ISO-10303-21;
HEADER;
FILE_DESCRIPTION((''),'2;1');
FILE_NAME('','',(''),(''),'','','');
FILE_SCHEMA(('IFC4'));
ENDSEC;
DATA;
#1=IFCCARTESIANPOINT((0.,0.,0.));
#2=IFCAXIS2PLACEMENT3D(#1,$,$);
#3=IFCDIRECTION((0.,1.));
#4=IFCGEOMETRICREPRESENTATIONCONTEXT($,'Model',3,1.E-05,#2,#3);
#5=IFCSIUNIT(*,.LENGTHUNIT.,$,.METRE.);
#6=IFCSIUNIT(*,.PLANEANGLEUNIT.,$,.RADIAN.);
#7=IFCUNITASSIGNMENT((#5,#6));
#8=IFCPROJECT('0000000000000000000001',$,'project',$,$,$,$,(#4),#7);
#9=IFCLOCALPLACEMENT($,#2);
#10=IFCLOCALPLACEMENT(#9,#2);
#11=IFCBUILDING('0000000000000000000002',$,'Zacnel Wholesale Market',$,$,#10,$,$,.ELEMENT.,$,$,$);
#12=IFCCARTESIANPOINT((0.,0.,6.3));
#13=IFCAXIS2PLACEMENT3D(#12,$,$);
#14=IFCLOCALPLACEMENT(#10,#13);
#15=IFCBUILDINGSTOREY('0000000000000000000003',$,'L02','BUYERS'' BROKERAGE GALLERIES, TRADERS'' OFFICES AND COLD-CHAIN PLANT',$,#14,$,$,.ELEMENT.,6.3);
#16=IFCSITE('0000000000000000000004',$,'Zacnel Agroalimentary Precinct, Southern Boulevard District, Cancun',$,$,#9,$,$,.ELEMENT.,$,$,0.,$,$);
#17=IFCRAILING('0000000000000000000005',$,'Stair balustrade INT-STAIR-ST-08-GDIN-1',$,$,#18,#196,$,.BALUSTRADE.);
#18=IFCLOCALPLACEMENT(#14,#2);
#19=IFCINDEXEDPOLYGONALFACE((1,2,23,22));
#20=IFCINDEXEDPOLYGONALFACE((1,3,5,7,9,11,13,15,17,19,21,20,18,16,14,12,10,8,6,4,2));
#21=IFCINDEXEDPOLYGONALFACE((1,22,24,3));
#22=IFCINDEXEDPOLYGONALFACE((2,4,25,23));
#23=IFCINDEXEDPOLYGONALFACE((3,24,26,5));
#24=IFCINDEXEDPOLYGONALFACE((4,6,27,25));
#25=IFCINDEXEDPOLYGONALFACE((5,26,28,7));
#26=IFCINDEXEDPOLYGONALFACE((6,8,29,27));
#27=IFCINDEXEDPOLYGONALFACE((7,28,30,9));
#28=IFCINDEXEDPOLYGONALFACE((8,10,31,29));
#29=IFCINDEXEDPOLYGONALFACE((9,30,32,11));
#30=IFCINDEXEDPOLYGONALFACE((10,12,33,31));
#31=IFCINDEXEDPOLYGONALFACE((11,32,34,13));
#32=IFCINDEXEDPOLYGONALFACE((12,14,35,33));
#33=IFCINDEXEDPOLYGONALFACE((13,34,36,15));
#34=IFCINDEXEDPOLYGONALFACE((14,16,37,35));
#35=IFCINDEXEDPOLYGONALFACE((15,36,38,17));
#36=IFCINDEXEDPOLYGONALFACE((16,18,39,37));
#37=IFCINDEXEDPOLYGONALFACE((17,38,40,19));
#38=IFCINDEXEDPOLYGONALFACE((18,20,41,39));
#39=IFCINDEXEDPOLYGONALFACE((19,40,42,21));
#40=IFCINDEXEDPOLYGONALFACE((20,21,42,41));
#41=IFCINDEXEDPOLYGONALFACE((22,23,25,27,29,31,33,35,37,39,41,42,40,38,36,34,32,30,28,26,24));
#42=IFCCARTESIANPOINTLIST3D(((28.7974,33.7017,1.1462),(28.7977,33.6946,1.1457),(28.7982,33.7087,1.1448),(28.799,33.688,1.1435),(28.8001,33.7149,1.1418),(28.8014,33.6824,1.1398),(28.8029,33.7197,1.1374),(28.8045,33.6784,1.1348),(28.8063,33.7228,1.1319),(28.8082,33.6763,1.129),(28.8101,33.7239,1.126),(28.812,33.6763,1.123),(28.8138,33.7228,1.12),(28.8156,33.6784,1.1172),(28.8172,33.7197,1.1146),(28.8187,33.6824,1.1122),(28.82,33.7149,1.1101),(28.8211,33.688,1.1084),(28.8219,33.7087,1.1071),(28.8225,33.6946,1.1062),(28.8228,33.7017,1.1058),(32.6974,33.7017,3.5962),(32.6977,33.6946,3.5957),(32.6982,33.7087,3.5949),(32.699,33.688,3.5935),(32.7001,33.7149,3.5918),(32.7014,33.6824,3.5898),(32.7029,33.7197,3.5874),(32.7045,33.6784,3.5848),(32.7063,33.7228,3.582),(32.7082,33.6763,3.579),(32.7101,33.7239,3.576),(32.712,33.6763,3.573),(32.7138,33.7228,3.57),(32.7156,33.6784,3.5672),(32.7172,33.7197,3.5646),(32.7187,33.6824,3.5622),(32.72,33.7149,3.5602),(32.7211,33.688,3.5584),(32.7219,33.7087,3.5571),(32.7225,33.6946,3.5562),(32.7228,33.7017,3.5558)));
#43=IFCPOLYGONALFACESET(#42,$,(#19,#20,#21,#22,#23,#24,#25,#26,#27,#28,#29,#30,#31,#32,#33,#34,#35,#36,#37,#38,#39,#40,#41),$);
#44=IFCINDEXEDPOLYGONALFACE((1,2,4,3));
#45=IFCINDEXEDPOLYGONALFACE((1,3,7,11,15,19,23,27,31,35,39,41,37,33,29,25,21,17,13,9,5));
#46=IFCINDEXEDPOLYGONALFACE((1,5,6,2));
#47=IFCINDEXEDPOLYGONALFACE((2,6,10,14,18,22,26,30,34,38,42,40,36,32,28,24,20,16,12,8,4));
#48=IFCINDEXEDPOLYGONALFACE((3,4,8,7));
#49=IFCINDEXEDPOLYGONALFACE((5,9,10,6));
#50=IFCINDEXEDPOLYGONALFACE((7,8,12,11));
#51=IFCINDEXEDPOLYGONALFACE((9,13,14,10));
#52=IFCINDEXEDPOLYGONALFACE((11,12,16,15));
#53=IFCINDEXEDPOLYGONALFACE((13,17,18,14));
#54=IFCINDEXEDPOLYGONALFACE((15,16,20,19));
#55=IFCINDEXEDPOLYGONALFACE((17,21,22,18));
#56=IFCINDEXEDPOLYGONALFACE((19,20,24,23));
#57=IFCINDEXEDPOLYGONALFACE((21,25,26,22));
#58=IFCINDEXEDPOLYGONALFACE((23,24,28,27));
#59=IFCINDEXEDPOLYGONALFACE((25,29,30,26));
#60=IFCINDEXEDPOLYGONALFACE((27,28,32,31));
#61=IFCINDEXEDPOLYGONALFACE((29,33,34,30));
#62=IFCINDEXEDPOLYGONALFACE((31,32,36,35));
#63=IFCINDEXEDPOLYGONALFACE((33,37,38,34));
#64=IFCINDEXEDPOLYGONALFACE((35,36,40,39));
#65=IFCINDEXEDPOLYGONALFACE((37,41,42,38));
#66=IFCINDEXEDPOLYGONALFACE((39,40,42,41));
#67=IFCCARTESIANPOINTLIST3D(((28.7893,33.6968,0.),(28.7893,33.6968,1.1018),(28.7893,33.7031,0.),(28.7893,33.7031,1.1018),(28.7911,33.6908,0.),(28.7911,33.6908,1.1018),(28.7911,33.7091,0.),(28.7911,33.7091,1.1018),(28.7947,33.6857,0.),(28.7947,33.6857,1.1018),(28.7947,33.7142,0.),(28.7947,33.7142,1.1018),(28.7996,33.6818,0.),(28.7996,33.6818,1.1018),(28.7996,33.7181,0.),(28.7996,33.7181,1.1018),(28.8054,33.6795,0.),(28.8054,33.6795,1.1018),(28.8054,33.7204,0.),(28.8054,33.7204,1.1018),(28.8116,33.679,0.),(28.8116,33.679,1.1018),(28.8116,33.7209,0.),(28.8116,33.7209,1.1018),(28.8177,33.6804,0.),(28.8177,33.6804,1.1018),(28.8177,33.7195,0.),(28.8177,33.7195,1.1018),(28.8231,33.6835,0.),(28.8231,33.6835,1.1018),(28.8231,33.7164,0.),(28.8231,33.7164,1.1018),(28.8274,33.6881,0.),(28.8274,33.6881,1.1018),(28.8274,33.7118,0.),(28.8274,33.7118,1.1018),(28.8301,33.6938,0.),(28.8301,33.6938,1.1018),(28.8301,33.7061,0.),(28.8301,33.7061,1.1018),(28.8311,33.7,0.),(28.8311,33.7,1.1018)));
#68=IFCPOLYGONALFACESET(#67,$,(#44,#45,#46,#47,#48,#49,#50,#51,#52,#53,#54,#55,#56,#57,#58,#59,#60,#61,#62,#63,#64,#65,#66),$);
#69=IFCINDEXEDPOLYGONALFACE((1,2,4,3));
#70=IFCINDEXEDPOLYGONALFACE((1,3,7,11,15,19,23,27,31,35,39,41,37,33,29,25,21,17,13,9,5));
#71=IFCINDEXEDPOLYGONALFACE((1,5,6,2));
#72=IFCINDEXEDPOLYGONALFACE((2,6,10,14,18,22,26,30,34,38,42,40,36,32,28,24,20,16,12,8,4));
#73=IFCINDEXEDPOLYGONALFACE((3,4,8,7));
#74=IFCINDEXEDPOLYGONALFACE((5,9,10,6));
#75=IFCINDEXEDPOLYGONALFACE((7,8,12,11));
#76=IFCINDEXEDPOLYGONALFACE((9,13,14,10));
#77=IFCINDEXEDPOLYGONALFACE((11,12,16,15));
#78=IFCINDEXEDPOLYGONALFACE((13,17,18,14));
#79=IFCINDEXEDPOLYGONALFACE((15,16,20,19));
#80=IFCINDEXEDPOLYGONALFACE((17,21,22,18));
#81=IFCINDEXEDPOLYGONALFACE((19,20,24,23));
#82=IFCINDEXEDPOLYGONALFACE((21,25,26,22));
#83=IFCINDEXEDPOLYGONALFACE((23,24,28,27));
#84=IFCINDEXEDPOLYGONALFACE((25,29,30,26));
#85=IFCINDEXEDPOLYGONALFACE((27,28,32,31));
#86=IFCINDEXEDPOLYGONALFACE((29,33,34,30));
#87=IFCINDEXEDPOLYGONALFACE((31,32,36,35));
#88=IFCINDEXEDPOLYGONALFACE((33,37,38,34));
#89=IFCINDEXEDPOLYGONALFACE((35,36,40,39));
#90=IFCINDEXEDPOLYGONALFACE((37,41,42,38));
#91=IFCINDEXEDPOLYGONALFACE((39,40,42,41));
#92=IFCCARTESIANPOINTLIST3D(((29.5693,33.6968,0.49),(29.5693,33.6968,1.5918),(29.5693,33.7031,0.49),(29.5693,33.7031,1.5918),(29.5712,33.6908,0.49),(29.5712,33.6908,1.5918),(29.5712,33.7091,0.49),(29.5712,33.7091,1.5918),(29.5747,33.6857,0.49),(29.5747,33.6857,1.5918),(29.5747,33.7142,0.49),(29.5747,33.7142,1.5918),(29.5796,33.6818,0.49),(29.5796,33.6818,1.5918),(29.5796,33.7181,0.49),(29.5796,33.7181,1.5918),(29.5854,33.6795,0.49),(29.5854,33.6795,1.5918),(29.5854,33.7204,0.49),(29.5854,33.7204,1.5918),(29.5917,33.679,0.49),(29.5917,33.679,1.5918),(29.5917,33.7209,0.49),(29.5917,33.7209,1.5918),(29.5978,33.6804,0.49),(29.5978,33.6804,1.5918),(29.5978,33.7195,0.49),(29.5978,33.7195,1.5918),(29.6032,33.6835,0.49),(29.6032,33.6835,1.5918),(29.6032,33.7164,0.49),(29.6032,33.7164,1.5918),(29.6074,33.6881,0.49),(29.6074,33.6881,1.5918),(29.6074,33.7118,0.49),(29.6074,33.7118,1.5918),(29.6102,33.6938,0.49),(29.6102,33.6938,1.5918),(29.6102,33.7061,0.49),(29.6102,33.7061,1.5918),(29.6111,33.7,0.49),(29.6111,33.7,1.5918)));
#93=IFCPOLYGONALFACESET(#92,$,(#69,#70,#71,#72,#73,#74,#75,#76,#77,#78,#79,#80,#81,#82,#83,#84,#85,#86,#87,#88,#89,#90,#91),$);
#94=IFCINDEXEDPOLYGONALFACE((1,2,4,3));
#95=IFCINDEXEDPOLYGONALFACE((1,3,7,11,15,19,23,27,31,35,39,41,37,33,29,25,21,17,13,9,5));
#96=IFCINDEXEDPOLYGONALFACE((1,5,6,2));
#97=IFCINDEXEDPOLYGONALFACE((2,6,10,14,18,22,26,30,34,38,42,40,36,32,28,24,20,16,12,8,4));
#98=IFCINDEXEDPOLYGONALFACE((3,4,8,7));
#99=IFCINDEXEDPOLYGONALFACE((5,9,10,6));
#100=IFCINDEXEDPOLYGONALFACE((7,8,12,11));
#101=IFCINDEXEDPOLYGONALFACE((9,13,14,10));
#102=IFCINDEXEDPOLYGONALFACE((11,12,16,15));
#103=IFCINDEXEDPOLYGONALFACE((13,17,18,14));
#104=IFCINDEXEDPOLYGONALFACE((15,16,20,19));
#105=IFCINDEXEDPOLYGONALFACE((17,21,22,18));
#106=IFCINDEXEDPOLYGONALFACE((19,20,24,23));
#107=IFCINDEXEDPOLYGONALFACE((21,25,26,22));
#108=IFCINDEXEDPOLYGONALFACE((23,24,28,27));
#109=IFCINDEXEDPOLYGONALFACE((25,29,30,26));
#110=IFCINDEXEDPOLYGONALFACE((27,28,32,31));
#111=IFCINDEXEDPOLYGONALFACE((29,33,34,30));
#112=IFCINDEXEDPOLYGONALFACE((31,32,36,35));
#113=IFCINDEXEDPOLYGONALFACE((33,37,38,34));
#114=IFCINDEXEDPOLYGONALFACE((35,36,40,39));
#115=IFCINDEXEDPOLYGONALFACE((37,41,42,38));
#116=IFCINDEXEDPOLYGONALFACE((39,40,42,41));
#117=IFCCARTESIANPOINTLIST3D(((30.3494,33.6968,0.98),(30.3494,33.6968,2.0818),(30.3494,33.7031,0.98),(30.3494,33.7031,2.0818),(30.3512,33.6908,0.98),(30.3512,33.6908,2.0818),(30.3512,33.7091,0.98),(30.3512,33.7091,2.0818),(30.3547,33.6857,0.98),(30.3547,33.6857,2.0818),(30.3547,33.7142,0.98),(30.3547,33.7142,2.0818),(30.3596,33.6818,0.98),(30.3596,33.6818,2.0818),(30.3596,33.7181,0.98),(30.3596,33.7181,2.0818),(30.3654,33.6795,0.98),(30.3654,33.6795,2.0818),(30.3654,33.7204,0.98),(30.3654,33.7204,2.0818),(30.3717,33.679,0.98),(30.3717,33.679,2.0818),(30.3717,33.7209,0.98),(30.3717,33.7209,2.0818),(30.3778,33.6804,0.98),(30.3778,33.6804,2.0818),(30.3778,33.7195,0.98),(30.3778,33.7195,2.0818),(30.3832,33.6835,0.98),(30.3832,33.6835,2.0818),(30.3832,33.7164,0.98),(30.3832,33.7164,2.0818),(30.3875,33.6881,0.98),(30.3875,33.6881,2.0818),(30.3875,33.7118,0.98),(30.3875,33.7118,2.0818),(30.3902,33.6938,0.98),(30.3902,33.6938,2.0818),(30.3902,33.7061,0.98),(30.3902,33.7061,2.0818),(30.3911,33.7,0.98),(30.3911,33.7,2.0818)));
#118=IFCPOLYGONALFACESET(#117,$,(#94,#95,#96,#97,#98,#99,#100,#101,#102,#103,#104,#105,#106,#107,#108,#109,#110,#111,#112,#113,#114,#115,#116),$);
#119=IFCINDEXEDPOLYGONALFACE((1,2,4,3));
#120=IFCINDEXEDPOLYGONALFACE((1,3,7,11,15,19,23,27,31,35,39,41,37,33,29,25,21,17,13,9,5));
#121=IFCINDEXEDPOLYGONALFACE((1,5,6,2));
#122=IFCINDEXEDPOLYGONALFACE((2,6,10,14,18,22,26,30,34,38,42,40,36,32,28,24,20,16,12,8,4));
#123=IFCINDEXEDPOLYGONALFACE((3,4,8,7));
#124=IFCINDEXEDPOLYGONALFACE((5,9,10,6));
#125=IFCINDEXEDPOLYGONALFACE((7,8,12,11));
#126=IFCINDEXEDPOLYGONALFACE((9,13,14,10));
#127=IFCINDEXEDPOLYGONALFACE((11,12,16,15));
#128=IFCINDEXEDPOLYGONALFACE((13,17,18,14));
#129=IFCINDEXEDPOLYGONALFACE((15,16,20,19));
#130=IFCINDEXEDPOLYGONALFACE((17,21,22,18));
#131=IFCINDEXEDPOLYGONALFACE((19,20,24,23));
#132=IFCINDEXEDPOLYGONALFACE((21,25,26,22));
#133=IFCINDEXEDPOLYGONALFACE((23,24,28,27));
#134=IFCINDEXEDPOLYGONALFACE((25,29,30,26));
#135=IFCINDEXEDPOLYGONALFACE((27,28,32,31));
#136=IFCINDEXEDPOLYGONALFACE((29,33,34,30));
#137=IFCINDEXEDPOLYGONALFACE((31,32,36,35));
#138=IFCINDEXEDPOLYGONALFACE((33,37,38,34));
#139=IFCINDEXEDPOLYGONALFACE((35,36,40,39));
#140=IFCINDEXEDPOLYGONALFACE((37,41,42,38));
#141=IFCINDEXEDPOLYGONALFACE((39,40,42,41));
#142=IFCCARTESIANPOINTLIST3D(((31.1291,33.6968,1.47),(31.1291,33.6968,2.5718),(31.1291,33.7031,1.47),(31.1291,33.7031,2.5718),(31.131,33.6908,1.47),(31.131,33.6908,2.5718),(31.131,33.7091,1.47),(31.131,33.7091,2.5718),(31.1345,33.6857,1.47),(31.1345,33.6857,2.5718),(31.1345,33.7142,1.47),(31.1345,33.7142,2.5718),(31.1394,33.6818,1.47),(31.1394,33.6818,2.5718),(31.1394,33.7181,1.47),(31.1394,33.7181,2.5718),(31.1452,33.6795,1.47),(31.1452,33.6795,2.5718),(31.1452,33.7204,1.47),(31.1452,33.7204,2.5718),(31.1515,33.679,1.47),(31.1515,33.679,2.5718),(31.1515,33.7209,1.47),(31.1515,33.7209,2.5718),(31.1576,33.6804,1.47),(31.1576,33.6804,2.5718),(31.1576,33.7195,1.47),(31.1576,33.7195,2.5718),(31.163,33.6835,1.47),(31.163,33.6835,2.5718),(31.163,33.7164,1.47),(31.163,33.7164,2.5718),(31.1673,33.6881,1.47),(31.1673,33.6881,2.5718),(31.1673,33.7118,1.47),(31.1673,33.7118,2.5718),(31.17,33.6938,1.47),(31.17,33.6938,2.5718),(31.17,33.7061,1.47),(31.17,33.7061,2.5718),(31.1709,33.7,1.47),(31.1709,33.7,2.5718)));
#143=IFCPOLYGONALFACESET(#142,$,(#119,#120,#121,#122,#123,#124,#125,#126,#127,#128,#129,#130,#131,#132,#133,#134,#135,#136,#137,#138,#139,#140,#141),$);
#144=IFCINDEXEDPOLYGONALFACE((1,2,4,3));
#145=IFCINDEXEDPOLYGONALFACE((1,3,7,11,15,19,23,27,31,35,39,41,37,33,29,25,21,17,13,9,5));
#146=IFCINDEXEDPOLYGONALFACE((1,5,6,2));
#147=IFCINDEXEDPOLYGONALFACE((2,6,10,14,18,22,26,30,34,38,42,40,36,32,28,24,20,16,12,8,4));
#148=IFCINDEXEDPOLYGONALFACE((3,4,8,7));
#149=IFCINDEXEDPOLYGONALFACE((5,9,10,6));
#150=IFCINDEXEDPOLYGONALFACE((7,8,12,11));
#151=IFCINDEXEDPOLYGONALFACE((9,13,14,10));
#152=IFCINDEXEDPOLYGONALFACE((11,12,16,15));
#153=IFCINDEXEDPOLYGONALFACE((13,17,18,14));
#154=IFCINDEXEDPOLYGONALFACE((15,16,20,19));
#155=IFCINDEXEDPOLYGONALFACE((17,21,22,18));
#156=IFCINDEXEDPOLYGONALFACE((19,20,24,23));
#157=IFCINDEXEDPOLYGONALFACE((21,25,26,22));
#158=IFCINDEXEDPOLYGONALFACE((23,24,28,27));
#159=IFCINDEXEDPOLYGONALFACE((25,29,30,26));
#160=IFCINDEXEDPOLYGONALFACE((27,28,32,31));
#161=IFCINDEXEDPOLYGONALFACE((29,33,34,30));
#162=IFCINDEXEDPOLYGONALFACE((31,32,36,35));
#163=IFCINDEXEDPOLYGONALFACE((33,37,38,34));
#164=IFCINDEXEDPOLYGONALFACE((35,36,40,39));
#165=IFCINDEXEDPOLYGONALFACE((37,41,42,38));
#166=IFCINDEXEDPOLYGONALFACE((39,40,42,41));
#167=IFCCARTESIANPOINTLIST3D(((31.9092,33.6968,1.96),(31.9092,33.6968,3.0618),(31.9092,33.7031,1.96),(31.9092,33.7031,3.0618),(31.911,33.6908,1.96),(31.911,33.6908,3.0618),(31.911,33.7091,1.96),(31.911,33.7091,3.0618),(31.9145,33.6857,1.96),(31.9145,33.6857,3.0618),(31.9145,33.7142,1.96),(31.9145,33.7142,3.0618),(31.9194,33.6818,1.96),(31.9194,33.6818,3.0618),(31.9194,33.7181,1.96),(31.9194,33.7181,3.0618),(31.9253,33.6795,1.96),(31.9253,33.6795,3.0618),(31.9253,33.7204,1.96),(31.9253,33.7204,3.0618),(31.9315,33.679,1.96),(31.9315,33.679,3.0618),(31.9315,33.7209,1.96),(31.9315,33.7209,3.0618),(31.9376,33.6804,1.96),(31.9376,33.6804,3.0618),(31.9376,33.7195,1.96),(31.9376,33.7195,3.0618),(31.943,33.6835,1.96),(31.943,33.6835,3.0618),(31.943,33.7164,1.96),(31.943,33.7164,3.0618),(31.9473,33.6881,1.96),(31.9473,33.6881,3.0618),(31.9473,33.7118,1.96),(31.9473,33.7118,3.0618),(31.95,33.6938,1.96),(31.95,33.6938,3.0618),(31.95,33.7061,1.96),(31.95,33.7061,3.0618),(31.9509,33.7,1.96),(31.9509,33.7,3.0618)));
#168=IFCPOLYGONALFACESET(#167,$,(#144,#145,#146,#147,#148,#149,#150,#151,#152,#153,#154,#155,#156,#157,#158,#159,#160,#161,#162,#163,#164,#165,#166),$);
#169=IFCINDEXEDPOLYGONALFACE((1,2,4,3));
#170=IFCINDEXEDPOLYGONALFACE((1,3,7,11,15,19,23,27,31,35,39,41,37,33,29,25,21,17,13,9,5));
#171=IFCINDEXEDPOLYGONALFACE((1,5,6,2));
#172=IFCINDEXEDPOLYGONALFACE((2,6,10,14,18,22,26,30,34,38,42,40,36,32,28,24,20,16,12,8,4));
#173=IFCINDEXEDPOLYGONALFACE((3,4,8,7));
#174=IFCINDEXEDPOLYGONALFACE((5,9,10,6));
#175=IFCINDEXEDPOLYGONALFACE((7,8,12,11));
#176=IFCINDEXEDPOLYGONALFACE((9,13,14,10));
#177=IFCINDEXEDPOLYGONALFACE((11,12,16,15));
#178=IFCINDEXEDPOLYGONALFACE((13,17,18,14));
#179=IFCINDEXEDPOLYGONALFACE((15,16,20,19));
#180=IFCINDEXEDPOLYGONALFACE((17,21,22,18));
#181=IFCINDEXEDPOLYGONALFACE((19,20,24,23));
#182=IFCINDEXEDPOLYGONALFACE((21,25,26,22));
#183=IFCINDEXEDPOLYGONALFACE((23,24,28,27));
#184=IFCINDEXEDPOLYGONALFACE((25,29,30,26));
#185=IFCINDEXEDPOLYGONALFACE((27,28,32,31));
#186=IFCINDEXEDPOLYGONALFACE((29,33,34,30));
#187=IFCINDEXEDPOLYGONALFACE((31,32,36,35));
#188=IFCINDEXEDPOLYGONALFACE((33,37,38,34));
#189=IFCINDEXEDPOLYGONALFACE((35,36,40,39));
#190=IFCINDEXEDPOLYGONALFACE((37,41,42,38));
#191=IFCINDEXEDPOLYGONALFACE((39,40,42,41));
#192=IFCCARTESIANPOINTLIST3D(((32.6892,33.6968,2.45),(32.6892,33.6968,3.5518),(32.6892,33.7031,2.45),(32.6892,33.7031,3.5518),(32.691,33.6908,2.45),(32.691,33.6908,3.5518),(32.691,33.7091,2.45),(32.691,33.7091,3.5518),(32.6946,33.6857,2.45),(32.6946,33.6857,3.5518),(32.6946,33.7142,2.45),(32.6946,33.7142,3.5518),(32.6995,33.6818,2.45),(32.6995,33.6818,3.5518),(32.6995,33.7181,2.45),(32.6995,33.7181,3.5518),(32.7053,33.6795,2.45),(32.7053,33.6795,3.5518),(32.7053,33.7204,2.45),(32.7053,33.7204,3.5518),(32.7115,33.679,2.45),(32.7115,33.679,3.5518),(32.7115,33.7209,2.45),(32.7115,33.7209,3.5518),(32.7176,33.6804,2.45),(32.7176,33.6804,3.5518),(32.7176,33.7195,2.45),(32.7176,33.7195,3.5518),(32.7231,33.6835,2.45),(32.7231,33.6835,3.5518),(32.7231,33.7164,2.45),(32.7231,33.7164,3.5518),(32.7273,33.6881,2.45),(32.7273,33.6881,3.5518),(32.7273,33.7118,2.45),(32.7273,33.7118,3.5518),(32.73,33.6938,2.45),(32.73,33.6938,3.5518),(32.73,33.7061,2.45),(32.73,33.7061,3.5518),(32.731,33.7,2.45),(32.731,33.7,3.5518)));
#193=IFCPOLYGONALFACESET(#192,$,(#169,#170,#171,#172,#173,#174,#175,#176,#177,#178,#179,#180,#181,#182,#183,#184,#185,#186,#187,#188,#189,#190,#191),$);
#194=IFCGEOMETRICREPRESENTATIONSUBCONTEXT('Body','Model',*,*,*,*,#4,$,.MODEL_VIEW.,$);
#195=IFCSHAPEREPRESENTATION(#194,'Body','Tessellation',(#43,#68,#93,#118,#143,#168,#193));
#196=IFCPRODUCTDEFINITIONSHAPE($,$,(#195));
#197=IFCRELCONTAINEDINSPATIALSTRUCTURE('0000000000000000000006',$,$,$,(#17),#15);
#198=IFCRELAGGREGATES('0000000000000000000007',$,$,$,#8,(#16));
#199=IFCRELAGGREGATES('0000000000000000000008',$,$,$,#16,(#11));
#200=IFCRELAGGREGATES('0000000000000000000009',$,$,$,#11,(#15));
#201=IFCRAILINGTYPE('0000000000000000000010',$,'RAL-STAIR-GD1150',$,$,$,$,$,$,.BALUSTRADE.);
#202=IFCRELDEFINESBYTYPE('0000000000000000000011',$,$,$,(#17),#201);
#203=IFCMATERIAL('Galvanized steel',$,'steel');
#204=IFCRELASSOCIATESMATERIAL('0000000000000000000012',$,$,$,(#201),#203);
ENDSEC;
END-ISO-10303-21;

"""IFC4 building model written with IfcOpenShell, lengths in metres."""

from ifc_helpers import new_model, si_unit, direction, frame, origin, origin_2d, place, context, subcontext, project, spatial, circle, extrude, material, type_object, element, save


model = new_model("IFC4")

# Units and contexts
model_context = context("Model", 3, precision=1e-05, world=origin(), true_north=direction((0.0, 1.0)))
body_context = subcontext(model_context, "Body", "Model", "MODEL_VIEW")
ifc_project = project(units=[si_unit("LENGTHUNIT", "METRE"), si_unit("PLANEANGLEUNIT", "RADIAN")], contexts=[model_context])

# Site, building, storey
site_placement = place(None, origin())
site = spatial("IfcSite", under=ifc_project, at=site_placement, Name="Zacnel Agroalimentary Precinct, Southern Boulevard District, Cancun", CompositionType="ELEMENT", RefElevation=0.0)
building_placement = place(site_placement, origin())
building = spatial("IfcBuilding", under=site, at=building_placement, Name="Zacnel Wholesale Market", CompositionType="ELEMENT")
storey_placement = place(building_placement, frame((0.0, 0.0, 6.3)))
storey = spatial("IfcBuildingStorey", under=building, at=storey_placement, Name="L02", Description="BUYERS' BROKERAGE GALLERIES, TRADERS' OFFICES AND COLD-CHAIN PLANT", CompositionType="ELEMENT", Elevation=6.3)

# Railing
ifc_material_1 = material(Name="Galvanized steel", Category="steel")
railing_type = type_object("IfcRailingType", Name="RAL-STAIR-GD1150", PredefinedType="BALUSTRADE", material=ifc_material_1)
railing_1_placement = place(storey_placement, frame((28.8101, 33.7, 0.0)))
element("IfcRailing", 1, at=railing_1_placement, inside=storey, type_object=railing_type, Name="Stair balustrade INT-STAIR-ST-08-GDIN-1", PredefinedType="BALUSTRADE", context=body_context, shape_type="SweptSolid", body=[
    extrude(circle(Radius=0.0239, at=origin_2d()), frame((0.0, 0.0, 1.126), z_axis=(0.846775, 0.0, 0.531951), x_axis=(0.0, 1.0, 0.0)), (0.0, 0.0, 1.0), 4.6057),
    extrude(circle(Radius=0.021, at=origin_2d()), origin(), (0.0, 0.0, 1.0), 1.1018),
    extrude(circle(Radius=0.021, at=origin_2d()), frame((0.78, 0.0, 0.49)), (0.0, 0.0, 1.0), 1.1018),
    extrude(circle(Radius=0.021, at=origin_2d()), frame((1.5601, 0.0, 0.98)), (0.0, 0.0, 1.0), 1.1018),
    extrude(circle(Radius=0.021, at=origin_2d()), frame((2.3398, 0.0, 1.47)), (0.0, 0.0, 1.0), 1.1018),
    extrude(circle(Radius=0.021, at=origin_2d()), frame((3.1199, 0.0, 1.96)), (0.0, 0.0, 1.0), 1.1018),
    extrude(circle(Radius=0.021, at=origin_2d()), frame((3.8999, 0.0, 2.45)), (0.0, 0.0, 1.0), 1.1018),
])

save(model, "model.ifc")
